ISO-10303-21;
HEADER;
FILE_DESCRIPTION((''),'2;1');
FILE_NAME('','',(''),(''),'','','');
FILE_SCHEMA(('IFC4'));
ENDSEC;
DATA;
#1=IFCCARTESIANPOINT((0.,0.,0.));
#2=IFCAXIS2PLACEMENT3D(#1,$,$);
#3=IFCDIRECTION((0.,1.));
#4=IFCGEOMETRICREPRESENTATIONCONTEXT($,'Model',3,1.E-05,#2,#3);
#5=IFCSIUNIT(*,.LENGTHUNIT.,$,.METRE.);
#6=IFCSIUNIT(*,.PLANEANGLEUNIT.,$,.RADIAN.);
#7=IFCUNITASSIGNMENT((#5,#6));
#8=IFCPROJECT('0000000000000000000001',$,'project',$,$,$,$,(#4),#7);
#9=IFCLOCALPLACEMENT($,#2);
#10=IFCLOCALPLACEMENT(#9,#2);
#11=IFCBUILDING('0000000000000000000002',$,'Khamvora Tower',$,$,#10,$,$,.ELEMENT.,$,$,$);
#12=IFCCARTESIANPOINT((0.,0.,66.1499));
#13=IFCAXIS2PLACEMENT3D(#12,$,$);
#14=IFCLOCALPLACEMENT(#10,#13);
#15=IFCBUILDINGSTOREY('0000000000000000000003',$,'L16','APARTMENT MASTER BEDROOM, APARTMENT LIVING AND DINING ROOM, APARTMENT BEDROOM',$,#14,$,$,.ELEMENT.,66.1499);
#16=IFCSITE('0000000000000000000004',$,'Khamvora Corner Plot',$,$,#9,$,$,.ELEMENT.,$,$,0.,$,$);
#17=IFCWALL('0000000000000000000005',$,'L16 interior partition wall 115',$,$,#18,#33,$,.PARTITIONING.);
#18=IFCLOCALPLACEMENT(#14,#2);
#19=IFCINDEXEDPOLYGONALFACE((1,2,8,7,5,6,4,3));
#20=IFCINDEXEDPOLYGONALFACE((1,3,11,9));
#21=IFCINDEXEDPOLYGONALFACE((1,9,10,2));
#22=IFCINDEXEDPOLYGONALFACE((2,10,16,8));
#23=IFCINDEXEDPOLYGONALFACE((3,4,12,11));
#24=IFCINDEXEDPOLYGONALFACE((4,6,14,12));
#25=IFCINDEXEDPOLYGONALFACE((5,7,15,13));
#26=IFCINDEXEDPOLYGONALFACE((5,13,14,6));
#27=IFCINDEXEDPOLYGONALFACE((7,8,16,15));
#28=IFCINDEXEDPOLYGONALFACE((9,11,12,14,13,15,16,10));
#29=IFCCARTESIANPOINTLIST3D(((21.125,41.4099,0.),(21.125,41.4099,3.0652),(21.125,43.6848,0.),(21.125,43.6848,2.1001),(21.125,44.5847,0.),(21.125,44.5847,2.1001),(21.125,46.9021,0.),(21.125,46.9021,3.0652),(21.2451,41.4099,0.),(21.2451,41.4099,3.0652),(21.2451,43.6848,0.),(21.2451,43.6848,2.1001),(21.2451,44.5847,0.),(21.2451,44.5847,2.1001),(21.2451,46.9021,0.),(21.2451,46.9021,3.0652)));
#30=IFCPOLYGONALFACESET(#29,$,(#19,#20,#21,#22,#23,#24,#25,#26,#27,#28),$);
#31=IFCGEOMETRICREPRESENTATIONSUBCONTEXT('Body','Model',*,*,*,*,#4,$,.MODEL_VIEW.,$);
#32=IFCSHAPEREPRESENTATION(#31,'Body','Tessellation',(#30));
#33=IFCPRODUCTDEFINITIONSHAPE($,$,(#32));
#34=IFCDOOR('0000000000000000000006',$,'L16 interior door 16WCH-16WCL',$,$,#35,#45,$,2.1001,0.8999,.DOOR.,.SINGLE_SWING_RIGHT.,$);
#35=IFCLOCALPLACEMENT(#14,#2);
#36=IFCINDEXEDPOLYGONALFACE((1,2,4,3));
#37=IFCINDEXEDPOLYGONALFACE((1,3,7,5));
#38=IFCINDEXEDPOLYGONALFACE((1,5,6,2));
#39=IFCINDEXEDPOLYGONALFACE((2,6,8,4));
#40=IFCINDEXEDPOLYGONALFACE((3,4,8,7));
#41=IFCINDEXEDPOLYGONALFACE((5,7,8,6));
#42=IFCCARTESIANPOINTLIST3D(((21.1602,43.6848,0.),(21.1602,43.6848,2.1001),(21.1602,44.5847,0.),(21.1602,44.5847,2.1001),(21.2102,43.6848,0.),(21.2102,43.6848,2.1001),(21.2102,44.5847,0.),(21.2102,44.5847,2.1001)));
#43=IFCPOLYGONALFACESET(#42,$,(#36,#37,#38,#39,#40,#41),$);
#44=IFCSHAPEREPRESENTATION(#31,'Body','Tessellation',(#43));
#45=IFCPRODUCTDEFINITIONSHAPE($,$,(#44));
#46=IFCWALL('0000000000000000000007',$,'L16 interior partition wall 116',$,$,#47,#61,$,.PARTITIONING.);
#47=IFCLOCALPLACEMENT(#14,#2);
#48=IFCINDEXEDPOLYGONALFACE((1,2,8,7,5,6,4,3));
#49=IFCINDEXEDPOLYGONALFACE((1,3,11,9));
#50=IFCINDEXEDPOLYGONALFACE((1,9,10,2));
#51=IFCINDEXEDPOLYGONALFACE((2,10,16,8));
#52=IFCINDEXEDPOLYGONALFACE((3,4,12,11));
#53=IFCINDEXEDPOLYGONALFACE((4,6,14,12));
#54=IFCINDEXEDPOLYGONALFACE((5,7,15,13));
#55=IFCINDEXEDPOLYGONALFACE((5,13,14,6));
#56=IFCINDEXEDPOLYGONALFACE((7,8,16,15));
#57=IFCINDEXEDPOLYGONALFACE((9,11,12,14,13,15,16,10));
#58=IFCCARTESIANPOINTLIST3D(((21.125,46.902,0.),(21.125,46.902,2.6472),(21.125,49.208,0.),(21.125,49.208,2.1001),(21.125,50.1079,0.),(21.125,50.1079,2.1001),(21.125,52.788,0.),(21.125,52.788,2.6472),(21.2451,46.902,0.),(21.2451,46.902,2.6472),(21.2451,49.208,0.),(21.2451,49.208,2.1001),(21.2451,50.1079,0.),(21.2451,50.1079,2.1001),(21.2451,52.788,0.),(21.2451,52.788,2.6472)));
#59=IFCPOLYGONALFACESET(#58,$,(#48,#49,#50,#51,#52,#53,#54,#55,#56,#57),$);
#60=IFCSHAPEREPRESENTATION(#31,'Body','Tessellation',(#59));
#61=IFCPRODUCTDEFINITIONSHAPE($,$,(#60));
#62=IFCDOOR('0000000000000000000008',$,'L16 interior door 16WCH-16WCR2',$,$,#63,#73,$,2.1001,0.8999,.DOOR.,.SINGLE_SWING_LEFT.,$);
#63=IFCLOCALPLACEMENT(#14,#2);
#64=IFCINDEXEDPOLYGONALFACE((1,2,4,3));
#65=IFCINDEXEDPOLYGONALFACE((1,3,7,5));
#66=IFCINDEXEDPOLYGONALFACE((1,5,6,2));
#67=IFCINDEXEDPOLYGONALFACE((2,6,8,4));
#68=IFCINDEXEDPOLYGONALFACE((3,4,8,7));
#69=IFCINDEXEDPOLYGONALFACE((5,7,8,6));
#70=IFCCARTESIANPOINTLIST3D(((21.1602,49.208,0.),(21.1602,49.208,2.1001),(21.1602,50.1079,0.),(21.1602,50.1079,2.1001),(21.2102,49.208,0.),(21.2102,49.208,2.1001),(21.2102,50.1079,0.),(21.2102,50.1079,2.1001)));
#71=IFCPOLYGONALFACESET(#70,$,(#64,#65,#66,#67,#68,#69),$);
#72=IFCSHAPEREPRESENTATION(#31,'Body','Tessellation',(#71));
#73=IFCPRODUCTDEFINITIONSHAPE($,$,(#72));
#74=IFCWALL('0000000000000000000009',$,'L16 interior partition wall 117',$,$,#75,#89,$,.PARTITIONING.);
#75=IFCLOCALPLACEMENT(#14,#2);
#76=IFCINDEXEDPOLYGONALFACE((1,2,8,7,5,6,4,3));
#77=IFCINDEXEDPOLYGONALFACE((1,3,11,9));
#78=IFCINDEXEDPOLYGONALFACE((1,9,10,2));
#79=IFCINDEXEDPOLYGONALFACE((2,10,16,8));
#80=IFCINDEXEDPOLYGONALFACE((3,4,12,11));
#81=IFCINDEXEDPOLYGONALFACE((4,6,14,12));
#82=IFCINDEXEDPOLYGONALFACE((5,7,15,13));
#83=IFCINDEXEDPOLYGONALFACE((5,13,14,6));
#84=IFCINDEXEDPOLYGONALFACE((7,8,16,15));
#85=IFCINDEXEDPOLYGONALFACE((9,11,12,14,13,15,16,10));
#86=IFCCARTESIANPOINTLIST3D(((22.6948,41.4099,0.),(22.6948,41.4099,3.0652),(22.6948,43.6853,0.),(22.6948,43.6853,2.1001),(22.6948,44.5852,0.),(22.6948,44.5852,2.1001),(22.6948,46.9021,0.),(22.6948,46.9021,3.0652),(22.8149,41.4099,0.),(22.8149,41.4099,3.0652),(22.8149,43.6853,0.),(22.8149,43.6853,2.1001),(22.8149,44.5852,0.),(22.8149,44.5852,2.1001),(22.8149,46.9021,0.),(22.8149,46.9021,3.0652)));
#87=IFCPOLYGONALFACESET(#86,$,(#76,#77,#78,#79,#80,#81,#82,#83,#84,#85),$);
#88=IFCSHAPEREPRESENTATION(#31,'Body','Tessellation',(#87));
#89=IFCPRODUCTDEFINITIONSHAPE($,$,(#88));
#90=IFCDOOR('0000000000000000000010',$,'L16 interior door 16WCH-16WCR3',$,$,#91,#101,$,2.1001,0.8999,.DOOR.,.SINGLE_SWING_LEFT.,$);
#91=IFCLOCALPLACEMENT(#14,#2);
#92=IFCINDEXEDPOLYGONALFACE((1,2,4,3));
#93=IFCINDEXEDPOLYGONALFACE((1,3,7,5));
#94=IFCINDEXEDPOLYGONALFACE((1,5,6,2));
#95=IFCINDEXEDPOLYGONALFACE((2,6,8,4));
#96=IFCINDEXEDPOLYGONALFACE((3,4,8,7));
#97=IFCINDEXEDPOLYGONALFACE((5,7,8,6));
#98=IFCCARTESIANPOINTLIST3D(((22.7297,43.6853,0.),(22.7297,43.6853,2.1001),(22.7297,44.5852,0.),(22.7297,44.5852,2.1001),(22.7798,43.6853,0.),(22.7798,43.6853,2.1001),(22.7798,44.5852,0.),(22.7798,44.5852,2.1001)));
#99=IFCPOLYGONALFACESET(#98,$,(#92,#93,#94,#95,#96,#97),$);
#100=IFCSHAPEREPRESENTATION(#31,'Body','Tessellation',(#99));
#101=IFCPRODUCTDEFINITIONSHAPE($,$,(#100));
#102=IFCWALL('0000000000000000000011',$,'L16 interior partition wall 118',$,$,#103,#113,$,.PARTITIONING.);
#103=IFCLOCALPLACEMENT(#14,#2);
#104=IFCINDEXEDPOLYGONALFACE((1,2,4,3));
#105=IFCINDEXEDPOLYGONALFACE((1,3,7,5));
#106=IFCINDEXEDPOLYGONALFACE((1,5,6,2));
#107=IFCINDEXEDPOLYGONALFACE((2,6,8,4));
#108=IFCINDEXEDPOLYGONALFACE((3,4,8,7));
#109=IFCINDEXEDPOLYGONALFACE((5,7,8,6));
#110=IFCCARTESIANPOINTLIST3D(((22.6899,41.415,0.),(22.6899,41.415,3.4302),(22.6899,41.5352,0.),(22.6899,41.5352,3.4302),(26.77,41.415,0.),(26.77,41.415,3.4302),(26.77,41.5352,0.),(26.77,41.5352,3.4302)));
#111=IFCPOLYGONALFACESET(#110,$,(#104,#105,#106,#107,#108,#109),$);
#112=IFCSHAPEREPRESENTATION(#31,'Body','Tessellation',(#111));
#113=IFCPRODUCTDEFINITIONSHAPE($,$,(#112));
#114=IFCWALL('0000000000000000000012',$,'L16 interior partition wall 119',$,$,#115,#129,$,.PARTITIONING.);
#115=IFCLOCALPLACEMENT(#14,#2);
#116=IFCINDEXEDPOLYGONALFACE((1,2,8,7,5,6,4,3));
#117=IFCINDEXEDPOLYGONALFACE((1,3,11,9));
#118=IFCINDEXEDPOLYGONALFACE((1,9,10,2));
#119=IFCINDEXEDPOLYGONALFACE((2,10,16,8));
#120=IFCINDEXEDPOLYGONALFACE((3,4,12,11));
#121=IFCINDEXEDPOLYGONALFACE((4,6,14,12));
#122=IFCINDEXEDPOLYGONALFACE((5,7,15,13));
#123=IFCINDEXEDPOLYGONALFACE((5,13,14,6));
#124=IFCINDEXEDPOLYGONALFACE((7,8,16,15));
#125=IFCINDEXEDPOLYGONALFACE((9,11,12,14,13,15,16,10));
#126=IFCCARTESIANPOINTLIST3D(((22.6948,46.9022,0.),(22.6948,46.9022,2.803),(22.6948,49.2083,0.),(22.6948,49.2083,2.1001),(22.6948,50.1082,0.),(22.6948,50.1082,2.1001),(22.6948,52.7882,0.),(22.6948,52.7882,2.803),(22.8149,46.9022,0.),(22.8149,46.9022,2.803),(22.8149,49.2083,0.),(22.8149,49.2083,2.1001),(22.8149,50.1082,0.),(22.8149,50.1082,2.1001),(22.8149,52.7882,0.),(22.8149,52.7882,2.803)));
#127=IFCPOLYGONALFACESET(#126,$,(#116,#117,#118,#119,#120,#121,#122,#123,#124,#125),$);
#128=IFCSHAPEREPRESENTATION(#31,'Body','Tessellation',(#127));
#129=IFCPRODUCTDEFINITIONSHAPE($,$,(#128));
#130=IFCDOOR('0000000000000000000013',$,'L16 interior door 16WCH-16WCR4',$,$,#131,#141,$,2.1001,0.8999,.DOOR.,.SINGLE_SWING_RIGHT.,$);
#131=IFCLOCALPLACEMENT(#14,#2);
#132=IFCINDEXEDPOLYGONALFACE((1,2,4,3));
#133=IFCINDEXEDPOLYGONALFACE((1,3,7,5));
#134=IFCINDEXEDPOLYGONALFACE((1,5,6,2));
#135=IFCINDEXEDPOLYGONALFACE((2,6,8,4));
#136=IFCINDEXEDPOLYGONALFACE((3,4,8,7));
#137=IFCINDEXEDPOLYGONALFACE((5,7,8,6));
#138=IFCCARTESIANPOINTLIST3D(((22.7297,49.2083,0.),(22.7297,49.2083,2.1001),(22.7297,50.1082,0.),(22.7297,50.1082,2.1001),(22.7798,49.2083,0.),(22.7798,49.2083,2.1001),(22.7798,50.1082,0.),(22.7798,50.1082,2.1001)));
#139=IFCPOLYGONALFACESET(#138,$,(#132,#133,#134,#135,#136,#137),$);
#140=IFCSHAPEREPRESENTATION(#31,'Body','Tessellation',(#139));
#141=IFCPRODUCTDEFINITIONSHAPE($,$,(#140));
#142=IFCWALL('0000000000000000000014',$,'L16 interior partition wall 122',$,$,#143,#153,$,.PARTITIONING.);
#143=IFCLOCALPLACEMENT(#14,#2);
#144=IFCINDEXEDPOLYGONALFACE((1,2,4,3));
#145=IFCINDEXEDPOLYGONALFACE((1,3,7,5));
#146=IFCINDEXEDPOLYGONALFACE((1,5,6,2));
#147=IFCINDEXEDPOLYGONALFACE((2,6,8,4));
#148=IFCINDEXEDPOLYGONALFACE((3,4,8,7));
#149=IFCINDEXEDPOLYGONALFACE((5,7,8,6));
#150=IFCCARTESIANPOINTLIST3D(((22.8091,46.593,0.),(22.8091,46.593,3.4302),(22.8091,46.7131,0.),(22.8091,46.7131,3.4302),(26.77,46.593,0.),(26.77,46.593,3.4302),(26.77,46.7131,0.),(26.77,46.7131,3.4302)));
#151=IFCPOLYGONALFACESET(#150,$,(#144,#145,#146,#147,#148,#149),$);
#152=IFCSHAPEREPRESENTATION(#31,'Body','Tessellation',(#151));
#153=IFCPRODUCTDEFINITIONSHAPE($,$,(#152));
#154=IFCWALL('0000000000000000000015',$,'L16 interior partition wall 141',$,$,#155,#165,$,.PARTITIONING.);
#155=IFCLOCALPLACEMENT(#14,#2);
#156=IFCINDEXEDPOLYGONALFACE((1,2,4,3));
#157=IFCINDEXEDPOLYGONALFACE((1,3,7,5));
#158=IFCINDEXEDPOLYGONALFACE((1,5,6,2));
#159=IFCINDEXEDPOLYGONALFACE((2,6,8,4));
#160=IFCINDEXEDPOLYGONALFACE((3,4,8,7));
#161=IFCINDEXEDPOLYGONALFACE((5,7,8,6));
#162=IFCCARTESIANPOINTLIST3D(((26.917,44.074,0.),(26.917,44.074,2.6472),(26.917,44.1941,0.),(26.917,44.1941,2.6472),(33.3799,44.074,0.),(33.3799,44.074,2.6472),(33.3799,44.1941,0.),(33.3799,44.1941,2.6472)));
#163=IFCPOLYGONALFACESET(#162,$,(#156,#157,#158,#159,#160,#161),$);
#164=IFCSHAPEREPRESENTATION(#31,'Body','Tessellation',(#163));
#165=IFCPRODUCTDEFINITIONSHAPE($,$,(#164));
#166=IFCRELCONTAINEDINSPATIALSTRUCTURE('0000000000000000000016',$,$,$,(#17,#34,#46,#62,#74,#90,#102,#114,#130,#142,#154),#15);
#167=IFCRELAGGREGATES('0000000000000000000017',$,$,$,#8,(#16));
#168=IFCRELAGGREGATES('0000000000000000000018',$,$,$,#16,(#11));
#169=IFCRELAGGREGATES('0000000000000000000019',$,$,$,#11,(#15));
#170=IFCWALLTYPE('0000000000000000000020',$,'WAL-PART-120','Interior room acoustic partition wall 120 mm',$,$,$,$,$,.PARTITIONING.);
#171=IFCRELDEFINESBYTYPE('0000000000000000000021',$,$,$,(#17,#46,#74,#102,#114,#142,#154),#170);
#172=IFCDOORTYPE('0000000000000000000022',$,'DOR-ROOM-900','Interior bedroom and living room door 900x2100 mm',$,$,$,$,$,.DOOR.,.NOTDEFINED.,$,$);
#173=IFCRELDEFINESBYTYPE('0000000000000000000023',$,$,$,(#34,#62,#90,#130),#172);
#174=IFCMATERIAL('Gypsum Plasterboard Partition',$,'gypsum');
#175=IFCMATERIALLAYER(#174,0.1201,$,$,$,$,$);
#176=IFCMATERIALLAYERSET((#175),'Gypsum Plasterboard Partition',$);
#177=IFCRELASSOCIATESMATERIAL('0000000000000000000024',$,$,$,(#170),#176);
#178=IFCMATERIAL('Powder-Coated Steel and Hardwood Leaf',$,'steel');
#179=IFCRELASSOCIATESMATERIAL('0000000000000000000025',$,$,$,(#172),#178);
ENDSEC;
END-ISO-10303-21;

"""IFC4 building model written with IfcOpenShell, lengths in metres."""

from ifc_helpers import new_model, si_unit, direction, frame, frame_2d, origin, place, context, subcontext, project, spatial, rectangle, extrude, material, layer, layer_set, type_object, element, fill, save


model = new_model("IFC4")

# Units and contexts
model_context = context("Model", 3, precision=1e-05, world=origin(), true_north=direction((0.0, 1.0)))
body_context = subcontext(model_context, "Body", "Model", "MODEL_VIEW")
ifc_project = project(units=[si_unit("LENGTHUNIT", "METRE"), si_unit("PLANEANGLEUNIT", "RADIAN")], contexts=[model_context])

# Site, building, storey
site_placement = place(None, origin())
site = spatial("IfcSite", under=ifc_project, at=site_placement, Name="Khamvora Corner Plot", CompositionType="ELEMENT", RefElevation=0.0)
building_placement = place(site_placement, origin())
building = spatial("IfcBuilding", under=site, at=building_placement, Name="Khamvora Tower", CompositionType="ELEMENT")
storey_placement = place(building_placement, frame((0.0, 0.0, 66.1499)))
storey = spatial("IfcBuildingStorey", under=building, at=storey_placement, Name="L16", Description="APARTMENT MASTER BEDROOM, APARTMENT LIVING AND DINING ROOM, APARTMENT BEDROOM", CompositionType="ELEMENT", Elevation=66.1499)

# Walls, openings, doors
ifc_material_1 = material(Name="Gypsum Plasterboard Partition", Category="gypsum")
ifc_layer_1 = layer(ifc_material_1, 0.1201)
ifc_layer_set_1 = layer_set([ifc_layer_1], Name="Gypsum Plasterboard Partition")
wall_type_1 = type_object("IfcWallType", Name="WAL-PART-120", Description="Interior room acoustic partition wall 120 mm", PredefinedType="PARTITIONING", material=ifc_layer_set_1)
wall_1_placement = place(storey_placement, frame((21.1851, 41.4099, 0.0), z_axis=(0.0, 0.0, 1.0), x_axis=(0.0, 1.0, 0.0)))
wall_1 = element("IfcWall", 1, at=wall_1_placement, inside=storey, type_object=wall_type_1, Name="L16 interior partition wall 115", PredefinedType="PARTITIONING", context=body_context, shape_type="SweptSolid", body=[
    extrude(rectangle(XDim=5.4922, YDim=0.1201, at=frame_2d((2.7461, 0.0))), origin(), (0.0, 0.0, 1.0), 3.0652),
])
opening_1_placement = place(wall_1_placement, frame((2.2749, 0.0, 0.0)))
opening_1 = element("IfcOpeningElement", 2, at=opening_1_placement, cuts=wall_1, PredefinedType="OPENING", context=body_context, shape_type="SweptSolid", body=[
    extrude(rectangle(XDim=0.8999, YDim=2.1001, at=frame_2d((0.45, 1.05))), frame((0.0, 0.0701, 0.0), z_axis=(0.0, -1.0, 0.0), x_axis=(1.0, 0.0, 0.0)), (0.0, 0.0, 1.0), 0.1401),
])
ifc_material_2 = material(Name="Powder-Coated Steel and Hardwood Leaf", Category="steel")
door_type_1 = type_object("IfcDoorType", Name="DOR-ROOM-900", Description="Interior bedroom and living room door 900x2100 mm", OperationType="NOTDEFINED", PredefinedType="DOOR", material=ifc_material_2)
door_1_placement = place(opening_1_placement, origin())
door_1 = element("IfcDoor", 3, at=door_1_placement, inside=storey, type_object=door_type_1, Name="L16 interior door 16WCH-16WCL", OperationType="SINGLE_SWING_RIGHT", OverallHeight=2.1001, OverallWidth=0.8999, PredefinedType="DOOR", context=body_context, shape_type="SweptSolid", body=[
    extrude(rectangle(XDim=0.8999, YDim=2.1001, at=frame_2d((0.45, 1.05))), frame((0.0, 0.0249, 0.0), z_axis=(0.0, -1.0, 0.0), x_axis=(1.0, 0.0, 0.0)), (0.0, 0.0, 1.0), 0.05),
])
fill(opening_1, door_1)
wall_2_placement = place(storey_placement, frame((21.1851, 46.9021, 0.0), z_axis=(0.0, 0.0, 1.0), x_axis=(0.0, 1.0, 0.0)))
wall_2 = element("IfcWall", 4, at=wall_2_placement, inside=storey, type_object=wall_type_1, Name="L16 interior partition wall 116", PredefinedType="PARTITIONING", context=body_context, shape_type="SweptSolid", body=[
    extrude(rectangle(XDim=5.886, YDim=0.1201, at=frame_2d((2.9429, 0.0))), origin(), (0.0, 0.0, 1.0), 2.6472),
])
opening_2_placement = place(wall_2_placement, frame((2.3059, 0.0, 0.0)))
opening_2 = element("IfcOpeningElement", 5, at=opening_2_placement, cuts=wall_2, PredefinedType="OPENING", context=body_context, shape_type="SweptSolid", body=[
    extrude(rectangle(XDim=0.8999, YDim=2.1001, at=frame_2d((0.45, 1.05))), frame((0.0, 0.0701, 0.0), z_axis=(0.0, -1.0, 0.0), x_axis=(1.0, 0.0, 0.0)), (0.0, 0.0, 1.0), 0.1401),
])
door_2_placement = place(opening_2_placement, origin())
door_2 = element("IfcDoor", 6, at=door_2_placement, inside=storey, type_object=door_type_1, Name="L16 interior door 16WCH-16WCR2", OperationType="SINGLE_SWING_LEFT", OverallHeight=2.1001, OverallWidth=0.8999, PredefinedType="DOOR", context=body_context, shape_type="SweptSolid", body=[
    extrude(rectangle(XDim=0.8999, YDim=2.1001, at=frame_2d((0.45, 1.05))), frame((0.0, 0.0249, 0.0), z_axis=(0.0, -1.0, 0.0), x_axis=(1.0, 0.0, 0.0)), (0.0, 0.0, 1.0), 0.05),
])
fill(opening_2, door_2)
wall_3_placement = place(storey_placement, frame((22.7549, 46.9021, 0.0), z_axis=(0.0, 0.0, 1.0), x_axis=(0.0, -1.0, 0.0)))
wall_3 = element("IfcWall", 7, at=wall_3_placement, inside=storey, type_object=wall_type_1, Name="L16 interior partition wall 117", PredefinedType="PARTITIONING", context=body_context, shape_type="SweptSolid", body=[
    extrude(rectangle(XDim=5.4922, YDim=0.1201, at=frame_2d((2.7461, 0.0))), origin(), (0.0, 0.0, 1.0), 3.0652),
])
opening_3_placement = place(wall_3_placement, frame((2.3169, 0.0, 0.0)))
opening_3 = element("IfcOpeningElement", 8, at=opening_3_placement, cuts=wall_3, PredefinedType="OPENING", context=body_context, shape_type="SweptSolid", body=[
    extrude(rectangle(XDim=0.8999, YDim=2.1001, at=frame_2d((0.45, 1.05))), frame((0.0, 0.0701, 0.0), z_axis=(0.0, -1.0, 0.0), x_axis=(1.0, 0.0, 0.0)), (0.0, 0.0, 1.0), 0.1401),
])
door_3_placement = place(opening_3_placement, origin())
door_3 = element("IfcDoor", 9, at=door_3_placement, inside=storey, type_object=door_type_1, Name="L16 interior door 16WCH-16WCR3", OperationType="SINGLE_SWING_LEFT", OverallHeight=2.1001, OverallWidth=0.8999, PredefinedType="DOOR", context=body_context, shape_type="SweptSolid", body=[
    extrude(rectangle(XDim=0.8999, YDim=2.1001, at=frame_2d((0.45, 1.05))), frame((0.0, 0.0249, 0.0), z_axis=(0.0, -1.0, 0.0), x_axis=(1.0, 0.0, 0.0)), (0.0, 0.0, 1.0), 0.05),
])
fill(opening_3, door_3)

# Wall
wall_4_placement = place(storey_placement, frame((22.6899, 41.4751, 0.0), z_axis=(0.0, 0.0, 1.0), x_axis=(1.0, 0.0, 0.0)))
element("IfcWall", 10, at=wall_4_placement, inside=storey, type_object=wall_type_1, Name="L16 interior partition wall 118", PredefinedType="PARTITIONING", context=body_context, shape_type="SweptSolid", body=[
    extrude(rectangle(XDim=4.0801, YDim=0.1201, at=frame_2d((2.04, 0.0))), origin(), (0.0, 0.0, 1.0), 3.4302),
])

# Wall, opening, door
wall_5_placement = place(storey_placement, frame((22.7549, 52.7881, 0.0), z_axis=(0.0, 0.0, 1.0), x_axis=(0.0, -1.0, 0.0)))
wall_5 = element("IfcWall", 11, at=wall_5_placement, inside=storey, type_object=wall_type_1, Name="L16 interior partition wall 119", PredefinedType="PARTITIONING", context=body_context, shape_type="SweptSolid", body=[
    extrude(rectangle(XDim=5.886, YDim=0.1201, at=frame_2d((2.9429, 0.0))), origin(), (0.0, 0.0, 1.0), 2.803),
])
opening_4_placement = place(wall_5_placement, frame((2.6799, 0.0, 0.0)))
opening_4 = element("IfcOpeningElement", 12, at=opening_4_placement, cuts=wall_5, PredefinedType="OPENING", context=body_context, shape_type="SweptSolid", body=[
    extrude(rectangle(XDim=0.8999, YDim=2.1001, at=frame_2d((0.45, 1.05))), frame((0.0, 0.0701, 0.0), z_axis=(0.0, -1.0, 0.0), x_axis=(1.0, 0.0, 0.0)), (0.0, 0.0, 1.0), 0.1401),
])
door_4_placement = place(opening_4_placement, origin())
door_4 = element("IfcDoor", 13, at=door_4_placement, inside=storey, type_object=door_type_1, Name="L16 interior door 16WCH-16WCR4", OperationType="SINGLE_SWING_RIGHT", OverallHeight=2.1001, OverallWidth=0.8999, PredefinedType="DOOR", context=body_context, shape_type="SweptSolid", body=[
    extrude(rectangle(XDim=0.8999, YDim=2.1001, at=frame_2d((0.45, 1.05))), frame((0.0, 0.0249, 0.0), z_axis=(0.0, -1.0, 0.0), x_axis=(1.0, 0.0, 0.0)), (0.0, 0.0, 1.0), 0.05),
])
fill(opening_4, door_4)

# Walls
wall_6_placement = place(storey_placement, frame((22.8091, 46.6531, 0.0), z_axis=(0.0, 0.0, 1.0), x_axis=(1.0, 0.0, 0.0)))
element("IfcWall", 14, at=wall_6_placement, inside=storey, type_object=wall_type_1, Name="L16 interior partition wall 122", PredefinedType="PARTITIONING", context=body_context, shape_type="SweptSolid", body=[
    extrude(rectangle(XDim=3.9609, YDim=0.1201, at=frame_2d((1.9805, 0.0))), origin(), (0.0, 0.0, 1.0), 3.4302),
])
wall_7_placement = place(storey_placement, frame((26.917, 44.134, 0.0), z_axis=(0.0, 0.0, 1.0), x_axis=(1.0, 0.0, 0.0)))
element("IfcWall", 15, at=wall_7_placement, inside=storey, type_object=wall_type_1, Name="L16 interior partition wall 141", PredefinedType="PARTITIONING", context=body_context, shape_type="SweptSolid", body=[
    extrude(rectangle(XDim=6.4629, YDim=0.1201, at=frame_2d((3.2314, 0.0))), origin(), (0.0, 0.0, 1.0), 2.6472),
])

save(model, "model.ifc")
